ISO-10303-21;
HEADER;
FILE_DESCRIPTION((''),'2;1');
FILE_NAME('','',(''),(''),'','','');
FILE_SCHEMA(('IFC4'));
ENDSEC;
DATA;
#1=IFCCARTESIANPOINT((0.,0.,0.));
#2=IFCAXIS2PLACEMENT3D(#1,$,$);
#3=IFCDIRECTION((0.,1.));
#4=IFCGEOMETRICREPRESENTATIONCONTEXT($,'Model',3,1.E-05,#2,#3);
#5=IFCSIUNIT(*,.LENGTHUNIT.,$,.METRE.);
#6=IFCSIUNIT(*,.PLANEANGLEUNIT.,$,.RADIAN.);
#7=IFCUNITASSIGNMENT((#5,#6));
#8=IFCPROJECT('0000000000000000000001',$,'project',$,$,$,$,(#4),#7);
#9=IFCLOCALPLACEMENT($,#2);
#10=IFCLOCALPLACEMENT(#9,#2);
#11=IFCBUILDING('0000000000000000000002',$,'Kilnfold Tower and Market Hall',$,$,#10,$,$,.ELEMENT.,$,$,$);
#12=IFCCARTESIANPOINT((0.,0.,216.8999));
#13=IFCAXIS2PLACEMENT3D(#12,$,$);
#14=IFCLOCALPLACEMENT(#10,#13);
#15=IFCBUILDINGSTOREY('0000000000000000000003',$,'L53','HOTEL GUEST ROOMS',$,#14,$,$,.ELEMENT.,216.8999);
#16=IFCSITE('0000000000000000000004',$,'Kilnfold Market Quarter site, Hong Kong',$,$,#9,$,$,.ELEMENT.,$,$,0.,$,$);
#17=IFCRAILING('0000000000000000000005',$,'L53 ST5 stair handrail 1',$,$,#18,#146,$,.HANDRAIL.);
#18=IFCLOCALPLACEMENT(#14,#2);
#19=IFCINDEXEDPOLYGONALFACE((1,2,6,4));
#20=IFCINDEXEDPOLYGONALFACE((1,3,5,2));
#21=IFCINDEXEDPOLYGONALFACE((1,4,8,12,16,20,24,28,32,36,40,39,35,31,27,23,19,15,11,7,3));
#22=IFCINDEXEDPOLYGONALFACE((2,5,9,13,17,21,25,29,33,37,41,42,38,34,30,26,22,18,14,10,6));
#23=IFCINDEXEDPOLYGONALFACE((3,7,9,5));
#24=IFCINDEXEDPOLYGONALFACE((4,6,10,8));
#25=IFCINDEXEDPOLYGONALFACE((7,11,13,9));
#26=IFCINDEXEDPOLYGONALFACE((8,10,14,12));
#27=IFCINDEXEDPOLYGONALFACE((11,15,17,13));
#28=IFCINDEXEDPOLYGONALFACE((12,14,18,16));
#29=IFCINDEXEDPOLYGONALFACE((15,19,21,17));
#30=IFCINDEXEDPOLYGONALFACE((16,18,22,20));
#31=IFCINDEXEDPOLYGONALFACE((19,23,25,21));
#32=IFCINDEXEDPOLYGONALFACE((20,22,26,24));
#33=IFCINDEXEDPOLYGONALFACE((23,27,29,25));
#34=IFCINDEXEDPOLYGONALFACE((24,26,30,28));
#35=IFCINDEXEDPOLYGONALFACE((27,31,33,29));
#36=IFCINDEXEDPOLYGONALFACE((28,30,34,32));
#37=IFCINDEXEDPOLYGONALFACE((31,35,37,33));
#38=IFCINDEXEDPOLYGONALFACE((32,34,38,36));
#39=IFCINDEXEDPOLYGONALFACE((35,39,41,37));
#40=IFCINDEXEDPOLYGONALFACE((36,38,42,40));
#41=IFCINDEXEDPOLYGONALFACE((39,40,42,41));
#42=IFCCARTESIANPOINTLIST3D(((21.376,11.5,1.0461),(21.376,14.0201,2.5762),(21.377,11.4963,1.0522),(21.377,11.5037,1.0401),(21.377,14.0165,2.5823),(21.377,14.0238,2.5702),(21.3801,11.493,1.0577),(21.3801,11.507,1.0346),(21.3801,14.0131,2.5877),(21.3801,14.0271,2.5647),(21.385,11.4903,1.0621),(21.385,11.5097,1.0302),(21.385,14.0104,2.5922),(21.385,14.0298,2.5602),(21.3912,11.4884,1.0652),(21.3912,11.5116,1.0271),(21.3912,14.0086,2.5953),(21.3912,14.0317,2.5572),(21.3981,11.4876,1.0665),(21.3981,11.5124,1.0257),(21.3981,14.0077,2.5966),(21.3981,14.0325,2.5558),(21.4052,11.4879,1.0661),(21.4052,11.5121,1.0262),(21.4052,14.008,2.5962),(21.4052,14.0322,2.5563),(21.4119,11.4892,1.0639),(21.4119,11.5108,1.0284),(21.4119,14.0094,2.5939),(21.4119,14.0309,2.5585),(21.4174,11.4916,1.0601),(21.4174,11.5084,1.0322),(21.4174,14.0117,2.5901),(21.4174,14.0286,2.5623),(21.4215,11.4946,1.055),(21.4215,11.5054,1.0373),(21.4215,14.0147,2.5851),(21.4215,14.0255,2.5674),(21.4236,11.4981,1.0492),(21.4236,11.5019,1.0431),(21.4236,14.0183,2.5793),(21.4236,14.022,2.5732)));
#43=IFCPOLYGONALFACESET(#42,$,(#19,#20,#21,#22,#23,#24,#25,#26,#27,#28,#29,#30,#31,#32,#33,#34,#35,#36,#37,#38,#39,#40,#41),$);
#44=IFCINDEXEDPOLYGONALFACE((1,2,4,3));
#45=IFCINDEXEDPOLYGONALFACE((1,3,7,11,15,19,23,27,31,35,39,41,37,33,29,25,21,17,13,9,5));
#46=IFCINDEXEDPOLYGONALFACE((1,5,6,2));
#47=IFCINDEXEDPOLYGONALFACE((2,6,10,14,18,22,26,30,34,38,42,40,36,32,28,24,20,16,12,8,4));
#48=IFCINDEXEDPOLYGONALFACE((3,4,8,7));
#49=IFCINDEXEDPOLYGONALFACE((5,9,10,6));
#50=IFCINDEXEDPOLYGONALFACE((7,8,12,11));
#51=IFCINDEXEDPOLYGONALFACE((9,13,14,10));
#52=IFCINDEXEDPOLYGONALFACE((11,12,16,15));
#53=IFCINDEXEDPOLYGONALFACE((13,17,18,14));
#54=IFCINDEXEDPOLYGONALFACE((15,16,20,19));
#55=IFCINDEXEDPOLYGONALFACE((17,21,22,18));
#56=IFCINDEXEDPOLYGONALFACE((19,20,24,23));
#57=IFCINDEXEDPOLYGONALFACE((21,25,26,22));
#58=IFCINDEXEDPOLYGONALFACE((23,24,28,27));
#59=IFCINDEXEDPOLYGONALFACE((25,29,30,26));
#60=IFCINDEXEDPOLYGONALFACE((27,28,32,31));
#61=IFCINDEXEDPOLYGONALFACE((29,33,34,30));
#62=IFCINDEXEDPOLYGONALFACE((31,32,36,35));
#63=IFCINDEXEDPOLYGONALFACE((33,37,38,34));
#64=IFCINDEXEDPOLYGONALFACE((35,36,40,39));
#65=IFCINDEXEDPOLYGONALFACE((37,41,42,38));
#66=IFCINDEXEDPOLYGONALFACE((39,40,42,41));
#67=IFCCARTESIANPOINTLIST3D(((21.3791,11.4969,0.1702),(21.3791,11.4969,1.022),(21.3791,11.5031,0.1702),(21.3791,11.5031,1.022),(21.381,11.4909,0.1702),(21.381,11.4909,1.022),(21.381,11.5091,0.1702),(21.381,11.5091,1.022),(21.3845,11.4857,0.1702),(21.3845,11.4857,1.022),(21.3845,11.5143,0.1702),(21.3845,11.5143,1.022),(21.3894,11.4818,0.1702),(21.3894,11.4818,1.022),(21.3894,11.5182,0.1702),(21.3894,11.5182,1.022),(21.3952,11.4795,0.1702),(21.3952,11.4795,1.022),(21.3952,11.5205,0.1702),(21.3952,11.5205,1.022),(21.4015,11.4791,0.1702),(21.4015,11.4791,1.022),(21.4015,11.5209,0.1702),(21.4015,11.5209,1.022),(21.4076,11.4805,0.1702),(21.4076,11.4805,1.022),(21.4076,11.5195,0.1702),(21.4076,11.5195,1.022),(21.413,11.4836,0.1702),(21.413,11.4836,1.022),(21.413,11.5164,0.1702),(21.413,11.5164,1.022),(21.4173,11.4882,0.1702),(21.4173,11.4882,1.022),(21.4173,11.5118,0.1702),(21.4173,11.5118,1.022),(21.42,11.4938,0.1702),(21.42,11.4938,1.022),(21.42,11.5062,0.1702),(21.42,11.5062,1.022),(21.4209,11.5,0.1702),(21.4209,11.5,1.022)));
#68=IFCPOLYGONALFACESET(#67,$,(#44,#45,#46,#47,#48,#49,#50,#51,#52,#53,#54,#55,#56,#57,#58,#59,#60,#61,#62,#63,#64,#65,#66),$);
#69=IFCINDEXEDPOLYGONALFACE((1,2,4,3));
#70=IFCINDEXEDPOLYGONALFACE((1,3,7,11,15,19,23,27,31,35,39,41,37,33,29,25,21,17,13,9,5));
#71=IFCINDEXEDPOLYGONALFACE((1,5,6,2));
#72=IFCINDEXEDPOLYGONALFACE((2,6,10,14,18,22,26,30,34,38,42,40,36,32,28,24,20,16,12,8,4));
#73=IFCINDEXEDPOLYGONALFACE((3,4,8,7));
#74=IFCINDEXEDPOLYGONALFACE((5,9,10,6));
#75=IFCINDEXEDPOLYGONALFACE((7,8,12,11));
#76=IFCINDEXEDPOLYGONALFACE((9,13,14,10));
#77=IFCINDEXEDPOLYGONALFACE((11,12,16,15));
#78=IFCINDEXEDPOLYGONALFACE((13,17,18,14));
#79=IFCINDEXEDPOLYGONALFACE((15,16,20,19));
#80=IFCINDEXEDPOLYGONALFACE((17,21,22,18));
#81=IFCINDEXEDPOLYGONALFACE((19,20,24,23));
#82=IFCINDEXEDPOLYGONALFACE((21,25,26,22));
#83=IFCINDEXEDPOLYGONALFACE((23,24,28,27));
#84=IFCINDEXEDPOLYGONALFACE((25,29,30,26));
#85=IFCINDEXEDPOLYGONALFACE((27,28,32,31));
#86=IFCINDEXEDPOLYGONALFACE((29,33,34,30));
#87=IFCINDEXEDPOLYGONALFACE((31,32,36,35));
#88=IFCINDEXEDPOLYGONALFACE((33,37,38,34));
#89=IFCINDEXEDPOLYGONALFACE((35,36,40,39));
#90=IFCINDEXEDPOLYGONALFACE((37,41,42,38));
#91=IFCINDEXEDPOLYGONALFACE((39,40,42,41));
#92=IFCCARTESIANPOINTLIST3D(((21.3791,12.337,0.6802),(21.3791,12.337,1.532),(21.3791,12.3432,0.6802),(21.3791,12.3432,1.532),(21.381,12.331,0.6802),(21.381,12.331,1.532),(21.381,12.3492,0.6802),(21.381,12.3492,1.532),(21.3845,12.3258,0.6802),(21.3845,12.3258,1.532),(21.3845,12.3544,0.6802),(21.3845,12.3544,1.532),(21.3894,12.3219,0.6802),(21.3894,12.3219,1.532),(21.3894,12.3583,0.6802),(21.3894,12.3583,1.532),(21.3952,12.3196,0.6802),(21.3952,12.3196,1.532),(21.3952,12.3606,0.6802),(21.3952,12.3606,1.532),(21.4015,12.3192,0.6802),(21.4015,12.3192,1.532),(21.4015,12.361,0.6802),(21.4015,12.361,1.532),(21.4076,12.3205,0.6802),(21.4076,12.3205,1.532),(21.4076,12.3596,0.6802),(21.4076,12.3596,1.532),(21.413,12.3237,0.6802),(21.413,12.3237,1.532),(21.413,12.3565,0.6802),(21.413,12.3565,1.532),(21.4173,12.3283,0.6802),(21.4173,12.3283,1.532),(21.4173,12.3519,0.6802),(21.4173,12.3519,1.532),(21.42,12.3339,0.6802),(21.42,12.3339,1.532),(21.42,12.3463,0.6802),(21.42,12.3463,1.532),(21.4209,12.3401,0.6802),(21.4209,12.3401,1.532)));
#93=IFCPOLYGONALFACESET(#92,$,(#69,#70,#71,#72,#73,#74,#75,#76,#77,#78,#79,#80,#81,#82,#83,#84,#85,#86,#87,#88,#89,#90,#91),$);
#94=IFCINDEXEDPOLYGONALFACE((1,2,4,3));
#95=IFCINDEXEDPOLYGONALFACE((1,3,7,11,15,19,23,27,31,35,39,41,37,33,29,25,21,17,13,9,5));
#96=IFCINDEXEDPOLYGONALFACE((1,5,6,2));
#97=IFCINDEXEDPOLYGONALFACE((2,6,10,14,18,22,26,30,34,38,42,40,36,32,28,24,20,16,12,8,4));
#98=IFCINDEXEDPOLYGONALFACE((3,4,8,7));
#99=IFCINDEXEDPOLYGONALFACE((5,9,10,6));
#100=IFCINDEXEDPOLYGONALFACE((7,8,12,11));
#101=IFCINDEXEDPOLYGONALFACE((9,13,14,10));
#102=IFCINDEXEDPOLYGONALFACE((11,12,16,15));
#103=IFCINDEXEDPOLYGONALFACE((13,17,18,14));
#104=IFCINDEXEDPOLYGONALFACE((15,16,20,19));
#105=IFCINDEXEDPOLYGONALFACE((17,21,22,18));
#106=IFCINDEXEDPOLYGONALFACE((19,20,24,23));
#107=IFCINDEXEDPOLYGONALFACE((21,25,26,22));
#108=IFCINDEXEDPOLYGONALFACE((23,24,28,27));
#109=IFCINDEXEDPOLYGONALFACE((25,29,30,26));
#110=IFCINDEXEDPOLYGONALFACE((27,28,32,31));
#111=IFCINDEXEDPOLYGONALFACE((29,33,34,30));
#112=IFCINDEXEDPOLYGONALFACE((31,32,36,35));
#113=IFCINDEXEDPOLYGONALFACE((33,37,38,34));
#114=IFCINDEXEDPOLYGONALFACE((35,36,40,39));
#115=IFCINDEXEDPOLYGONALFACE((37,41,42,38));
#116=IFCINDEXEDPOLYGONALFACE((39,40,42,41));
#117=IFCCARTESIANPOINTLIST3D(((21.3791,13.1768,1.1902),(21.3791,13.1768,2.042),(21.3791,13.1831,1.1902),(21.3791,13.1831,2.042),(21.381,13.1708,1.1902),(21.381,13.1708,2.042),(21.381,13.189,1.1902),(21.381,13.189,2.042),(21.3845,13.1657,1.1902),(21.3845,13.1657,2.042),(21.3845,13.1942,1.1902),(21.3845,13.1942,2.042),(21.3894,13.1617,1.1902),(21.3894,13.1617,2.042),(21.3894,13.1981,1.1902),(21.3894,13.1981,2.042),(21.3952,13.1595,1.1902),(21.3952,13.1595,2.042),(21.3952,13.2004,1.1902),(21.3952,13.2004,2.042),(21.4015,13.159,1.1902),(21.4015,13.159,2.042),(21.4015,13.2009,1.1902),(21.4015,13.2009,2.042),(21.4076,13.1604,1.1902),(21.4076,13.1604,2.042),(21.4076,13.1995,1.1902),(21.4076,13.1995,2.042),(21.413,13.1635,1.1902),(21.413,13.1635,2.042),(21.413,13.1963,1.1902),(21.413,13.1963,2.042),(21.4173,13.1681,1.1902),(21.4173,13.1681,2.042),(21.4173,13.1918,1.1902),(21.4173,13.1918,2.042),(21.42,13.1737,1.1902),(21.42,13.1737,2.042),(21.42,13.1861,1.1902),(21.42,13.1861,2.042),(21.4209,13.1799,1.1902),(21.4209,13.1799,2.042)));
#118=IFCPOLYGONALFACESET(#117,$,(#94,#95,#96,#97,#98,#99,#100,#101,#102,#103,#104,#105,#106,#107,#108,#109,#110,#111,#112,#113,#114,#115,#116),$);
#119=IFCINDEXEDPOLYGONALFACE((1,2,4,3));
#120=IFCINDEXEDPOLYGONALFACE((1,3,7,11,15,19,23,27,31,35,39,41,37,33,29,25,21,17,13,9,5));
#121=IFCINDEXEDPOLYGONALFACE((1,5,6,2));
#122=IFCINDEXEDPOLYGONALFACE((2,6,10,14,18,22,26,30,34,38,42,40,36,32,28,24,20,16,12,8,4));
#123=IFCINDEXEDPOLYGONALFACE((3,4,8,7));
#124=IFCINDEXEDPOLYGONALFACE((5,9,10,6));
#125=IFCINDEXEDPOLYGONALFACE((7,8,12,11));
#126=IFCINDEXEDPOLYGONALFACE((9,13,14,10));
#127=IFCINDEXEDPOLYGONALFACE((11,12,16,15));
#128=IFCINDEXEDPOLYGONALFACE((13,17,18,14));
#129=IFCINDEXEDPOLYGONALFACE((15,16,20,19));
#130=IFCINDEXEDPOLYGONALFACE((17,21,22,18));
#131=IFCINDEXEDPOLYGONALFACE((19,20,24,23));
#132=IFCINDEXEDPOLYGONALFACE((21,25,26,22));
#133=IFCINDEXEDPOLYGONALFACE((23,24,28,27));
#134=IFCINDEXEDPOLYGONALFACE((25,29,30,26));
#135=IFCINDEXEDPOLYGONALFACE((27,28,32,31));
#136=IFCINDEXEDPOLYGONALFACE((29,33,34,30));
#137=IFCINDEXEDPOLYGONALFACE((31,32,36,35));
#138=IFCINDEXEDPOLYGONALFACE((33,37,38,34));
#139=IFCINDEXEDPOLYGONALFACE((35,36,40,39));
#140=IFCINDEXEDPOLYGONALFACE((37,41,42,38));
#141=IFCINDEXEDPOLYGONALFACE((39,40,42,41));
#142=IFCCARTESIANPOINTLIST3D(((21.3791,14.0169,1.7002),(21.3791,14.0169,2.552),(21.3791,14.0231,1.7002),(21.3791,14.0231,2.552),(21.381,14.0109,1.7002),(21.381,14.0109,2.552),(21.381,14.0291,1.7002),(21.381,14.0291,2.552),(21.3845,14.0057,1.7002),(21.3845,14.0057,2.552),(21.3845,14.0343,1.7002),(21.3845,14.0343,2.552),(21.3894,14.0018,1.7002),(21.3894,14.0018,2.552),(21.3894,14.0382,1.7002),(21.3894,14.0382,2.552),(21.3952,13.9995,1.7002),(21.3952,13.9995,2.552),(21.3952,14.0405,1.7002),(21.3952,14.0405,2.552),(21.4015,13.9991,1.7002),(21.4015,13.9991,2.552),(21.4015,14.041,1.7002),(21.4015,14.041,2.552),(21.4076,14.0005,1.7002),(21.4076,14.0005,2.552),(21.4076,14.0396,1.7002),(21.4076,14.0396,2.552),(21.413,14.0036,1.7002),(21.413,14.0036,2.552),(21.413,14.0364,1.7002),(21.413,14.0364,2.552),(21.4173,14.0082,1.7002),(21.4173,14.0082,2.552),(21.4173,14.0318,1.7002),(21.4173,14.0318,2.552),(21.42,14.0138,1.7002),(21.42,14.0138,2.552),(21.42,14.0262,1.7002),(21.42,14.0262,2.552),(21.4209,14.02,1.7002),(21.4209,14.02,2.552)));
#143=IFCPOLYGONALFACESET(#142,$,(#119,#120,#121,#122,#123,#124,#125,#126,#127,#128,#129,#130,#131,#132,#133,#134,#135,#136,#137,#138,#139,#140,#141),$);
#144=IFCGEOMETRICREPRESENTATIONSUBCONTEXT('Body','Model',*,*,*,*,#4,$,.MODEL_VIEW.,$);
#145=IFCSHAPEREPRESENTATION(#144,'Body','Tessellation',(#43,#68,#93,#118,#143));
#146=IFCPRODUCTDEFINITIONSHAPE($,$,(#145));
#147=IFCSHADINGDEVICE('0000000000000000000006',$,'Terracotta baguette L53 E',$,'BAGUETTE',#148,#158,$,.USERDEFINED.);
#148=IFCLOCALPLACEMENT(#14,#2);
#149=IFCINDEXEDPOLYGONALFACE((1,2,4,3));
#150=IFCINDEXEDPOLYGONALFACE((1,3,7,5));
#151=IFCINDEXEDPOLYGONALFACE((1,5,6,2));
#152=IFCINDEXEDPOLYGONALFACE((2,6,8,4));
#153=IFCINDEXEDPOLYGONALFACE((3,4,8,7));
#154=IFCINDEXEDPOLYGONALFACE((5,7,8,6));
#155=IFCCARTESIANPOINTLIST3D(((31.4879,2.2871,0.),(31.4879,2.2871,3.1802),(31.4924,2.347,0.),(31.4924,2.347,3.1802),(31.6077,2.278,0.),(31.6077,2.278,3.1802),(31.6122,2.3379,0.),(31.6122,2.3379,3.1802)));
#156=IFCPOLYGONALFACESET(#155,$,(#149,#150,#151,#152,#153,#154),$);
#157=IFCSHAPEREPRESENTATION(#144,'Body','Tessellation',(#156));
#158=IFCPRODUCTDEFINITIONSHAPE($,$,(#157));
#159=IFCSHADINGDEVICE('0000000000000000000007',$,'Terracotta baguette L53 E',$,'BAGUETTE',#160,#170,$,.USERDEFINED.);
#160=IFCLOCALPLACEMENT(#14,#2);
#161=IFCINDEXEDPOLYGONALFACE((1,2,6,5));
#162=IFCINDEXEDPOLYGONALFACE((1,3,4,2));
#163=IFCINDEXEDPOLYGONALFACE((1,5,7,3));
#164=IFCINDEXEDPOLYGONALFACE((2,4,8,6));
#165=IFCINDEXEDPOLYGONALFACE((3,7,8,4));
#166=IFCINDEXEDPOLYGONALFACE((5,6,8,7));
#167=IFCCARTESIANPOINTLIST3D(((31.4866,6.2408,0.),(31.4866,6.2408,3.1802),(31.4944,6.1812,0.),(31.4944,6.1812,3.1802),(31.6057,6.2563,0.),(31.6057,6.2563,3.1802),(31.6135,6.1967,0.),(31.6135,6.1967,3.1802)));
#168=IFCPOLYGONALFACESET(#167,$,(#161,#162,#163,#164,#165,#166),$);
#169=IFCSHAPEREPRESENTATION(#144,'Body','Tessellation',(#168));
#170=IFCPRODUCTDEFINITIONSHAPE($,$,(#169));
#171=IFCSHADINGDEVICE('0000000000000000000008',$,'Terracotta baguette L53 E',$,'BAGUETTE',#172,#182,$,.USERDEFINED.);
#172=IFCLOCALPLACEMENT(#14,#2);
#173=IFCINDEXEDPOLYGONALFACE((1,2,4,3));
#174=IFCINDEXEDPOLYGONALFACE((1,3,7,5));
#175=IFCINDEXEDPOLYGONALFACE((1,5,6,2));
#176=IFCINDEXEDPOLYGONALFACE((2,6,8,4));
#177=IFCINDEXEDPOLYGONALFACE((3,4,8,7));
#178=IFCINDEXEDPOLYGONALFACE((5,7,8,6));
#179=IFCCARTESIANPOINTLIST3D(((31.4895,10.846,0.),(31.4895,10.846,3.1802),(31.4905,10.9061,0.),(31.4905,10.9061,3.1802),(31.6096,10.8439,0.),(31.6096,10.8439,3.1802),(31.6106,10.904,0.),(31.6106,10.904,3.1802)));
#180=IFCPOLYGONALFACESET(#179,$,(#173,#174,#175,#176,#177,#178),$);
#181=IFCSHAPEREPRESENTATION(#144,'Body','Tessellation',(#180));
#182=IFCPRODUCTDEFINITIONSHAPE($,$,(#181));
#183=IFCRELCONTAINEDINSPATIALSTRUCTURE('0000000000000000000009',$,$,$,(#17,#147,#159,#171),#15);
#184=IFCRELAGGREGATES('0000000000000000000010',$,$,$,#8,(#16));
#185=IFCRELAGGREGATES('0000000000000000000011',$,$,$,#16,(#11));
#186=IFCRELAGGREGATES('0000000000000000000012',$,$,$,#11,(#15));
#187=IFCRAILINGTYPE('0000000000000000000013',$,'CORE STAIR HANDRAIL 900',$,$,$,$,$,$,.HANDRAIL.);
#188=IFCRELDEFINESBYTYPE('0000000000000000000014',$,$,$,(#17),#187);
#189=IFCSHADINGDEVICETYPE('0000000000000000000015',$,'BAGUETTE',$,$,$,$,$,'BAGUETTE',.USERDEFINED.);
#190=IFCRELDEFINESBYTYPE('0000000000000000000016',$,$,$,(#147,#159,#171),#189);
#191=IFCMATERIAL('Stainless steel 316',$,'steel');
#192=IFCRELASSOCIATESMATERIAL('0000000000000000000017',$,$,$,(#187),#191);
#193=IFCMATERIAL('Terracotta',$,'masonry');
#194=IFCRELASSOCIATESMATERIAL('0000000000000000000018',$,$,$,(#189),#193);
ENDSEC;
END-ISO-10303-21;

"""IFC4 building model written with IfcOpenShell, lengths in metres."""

from ifc_helpers import new_model, si_unit, direction, frame, origin, origin_2d, place, context, subcontext, project, spatial, rectangle, circle, extrude, source, transform, mapped, material, material_profile, profile_set, type_object, element, save


model = new_model("IFC4")

# Units and contexts
model_context = context("Model", 3, precision=1e-05, world=origin(), true_north=direction((0.0, 1.0)))
body_context = subcontext(model_context, "Body", "Model", "MODEL_VIEW")
ifc_project = project(units=[si_unit("LENGTHUNIT", "METRE"), si_unit("PLANEANGLEUNIT", "RADIAN")], contexts=[model_context])

# Site, building, storey
site_placement = place(None, origin())
site = spatial("IfcSite", under=ifc_project, at=site_placement, Name="Kilnfold Market Quarter site, Hong Kong", CompositionType="ELEMENT", RefElevation=0.0)
building_placement = place(site_placement, origin())
building = spatial("IfcBuilding", under=site, at=building_placement, Name="Kilnfold Tower and Market Hall", CompositionType="ELEMENT")
storey_placement = place(building_placement, frame((0.0, 0.0, 216.8999)))
storey = spatial("IfcBuildingStorey", under=building, at=storey_placement, Name="L53", Description="HOTEL GUEST ROOMS", CompositionType="ELEMENT", Elevation=216.8999)

# Railing
ifc_material_1 = material(Name="Stainless steel 316", Category="steel")
railing_type = type_object("IfcRailingType", Name="CORE STAIR HANDRAIL 900", PredefinedType="HANDRAIL", material=ifc_material_1)
railing_placement = place(storey_placement, frame((21.3999, 11.5, 0.1702)))
element("IfcRailing", 1, at=railing_placement, inside=storey, type_object=railing_type, Name="L53 ST5 stair handrail 1", PredefinedType="HANDRAIL", context=body_context, shape_type="SweptSolid", body=[
    extrude(circle(Radius=0.0239, at=origin_2d()), frame((0.0, 0.0, 0.876), z_axis=(0.0, 0.854785, 0.518982), x_axis=(-1.0, 0.0, 0.0)), (0.0, 0.0, 1.0), 2.9482),
    extrude(circle(Radius=0.021, at=origin_2d()), origin(), (0.0, 0.0, 1.0), 0.8518),
    extrude(circle(Radius=0.021, at=origin_2d()), frame((0.0, 0.8401, 0.51)), (0.0, 0.0, 1.0), 0.8518),
    extrude(circle(Radius=0.021, at=origin_2d()), frame((0.0, 1.6799, 1.02)), (0.0, 0.0, 1.0), 0.8518),
    extrude(circle(Radius=0.021, at=origin_2d()), frame((0.0, 2.52, 1.53)), (0.0, 0.0, 1.0), 0.8518),
])

# Shading devices
ifc_material_2 = material(Name="Terracotta", Category="masonry")
ifc_material_profile_1 = material_profile(ifc_material_2, rectangle(XDim=0.0601, YDim=0.1201, at=origin_2d()), Name="BAG 60x120")
ifc_profile_set_1 = profile_set([ifc_material_profile_1], Name="Terracotta")
shading_device_type = type_object("IfcShadingDeviceType", Name="BAGUETTE", ElementType="BAGUETTE", PredefinedType="USERDEFINED", material=ifc_profile_set_1)
shared_shape_1 = source(origin(), body_context, "Body", "SweptSolid", [
    extrude(rectangle(XDim=0.0601, YDim=0.1201, at=origin_2d()), origin(), (0.0, 0.0, 1.0), 3.1802),
])
for number, where, z_axis, x_axis, name in (
    (2, (31.55, 2.3125, 0.0), (0.0, 0.0, 1.0), (0.07568, 0.997132, 0.0), "Terracotta baguette L53 E"),
    (3, (31.55, 6.2188, 0.0), (0.0, 0.0, 1.0), (-0.128725, 0.99168, 0.0), "Terracotta baguette L53 E"),
    (4, (31.55, 10.875, 0.0), (0.0, 0.0, 1.0), (0.017794, 0.999842, 0.0), "Terracotta baguette L53 E"),
):
    element("IfcShadingDevice", number, at=place(storey_placement, frame(where, z_axis=z_axis, x_axis=x_axis)), inside=storey, type_object=shading_device_type, Name=name, ObjectType="BAGUETTE", PredefinedType="USERDEFINED", context=body_context, shape_type="MappedRepresentation", body=[
        mapped(shared_shape_1, transform((0.0, 0.0, 0.0))),
    ])

save(model, "model.ifc")
